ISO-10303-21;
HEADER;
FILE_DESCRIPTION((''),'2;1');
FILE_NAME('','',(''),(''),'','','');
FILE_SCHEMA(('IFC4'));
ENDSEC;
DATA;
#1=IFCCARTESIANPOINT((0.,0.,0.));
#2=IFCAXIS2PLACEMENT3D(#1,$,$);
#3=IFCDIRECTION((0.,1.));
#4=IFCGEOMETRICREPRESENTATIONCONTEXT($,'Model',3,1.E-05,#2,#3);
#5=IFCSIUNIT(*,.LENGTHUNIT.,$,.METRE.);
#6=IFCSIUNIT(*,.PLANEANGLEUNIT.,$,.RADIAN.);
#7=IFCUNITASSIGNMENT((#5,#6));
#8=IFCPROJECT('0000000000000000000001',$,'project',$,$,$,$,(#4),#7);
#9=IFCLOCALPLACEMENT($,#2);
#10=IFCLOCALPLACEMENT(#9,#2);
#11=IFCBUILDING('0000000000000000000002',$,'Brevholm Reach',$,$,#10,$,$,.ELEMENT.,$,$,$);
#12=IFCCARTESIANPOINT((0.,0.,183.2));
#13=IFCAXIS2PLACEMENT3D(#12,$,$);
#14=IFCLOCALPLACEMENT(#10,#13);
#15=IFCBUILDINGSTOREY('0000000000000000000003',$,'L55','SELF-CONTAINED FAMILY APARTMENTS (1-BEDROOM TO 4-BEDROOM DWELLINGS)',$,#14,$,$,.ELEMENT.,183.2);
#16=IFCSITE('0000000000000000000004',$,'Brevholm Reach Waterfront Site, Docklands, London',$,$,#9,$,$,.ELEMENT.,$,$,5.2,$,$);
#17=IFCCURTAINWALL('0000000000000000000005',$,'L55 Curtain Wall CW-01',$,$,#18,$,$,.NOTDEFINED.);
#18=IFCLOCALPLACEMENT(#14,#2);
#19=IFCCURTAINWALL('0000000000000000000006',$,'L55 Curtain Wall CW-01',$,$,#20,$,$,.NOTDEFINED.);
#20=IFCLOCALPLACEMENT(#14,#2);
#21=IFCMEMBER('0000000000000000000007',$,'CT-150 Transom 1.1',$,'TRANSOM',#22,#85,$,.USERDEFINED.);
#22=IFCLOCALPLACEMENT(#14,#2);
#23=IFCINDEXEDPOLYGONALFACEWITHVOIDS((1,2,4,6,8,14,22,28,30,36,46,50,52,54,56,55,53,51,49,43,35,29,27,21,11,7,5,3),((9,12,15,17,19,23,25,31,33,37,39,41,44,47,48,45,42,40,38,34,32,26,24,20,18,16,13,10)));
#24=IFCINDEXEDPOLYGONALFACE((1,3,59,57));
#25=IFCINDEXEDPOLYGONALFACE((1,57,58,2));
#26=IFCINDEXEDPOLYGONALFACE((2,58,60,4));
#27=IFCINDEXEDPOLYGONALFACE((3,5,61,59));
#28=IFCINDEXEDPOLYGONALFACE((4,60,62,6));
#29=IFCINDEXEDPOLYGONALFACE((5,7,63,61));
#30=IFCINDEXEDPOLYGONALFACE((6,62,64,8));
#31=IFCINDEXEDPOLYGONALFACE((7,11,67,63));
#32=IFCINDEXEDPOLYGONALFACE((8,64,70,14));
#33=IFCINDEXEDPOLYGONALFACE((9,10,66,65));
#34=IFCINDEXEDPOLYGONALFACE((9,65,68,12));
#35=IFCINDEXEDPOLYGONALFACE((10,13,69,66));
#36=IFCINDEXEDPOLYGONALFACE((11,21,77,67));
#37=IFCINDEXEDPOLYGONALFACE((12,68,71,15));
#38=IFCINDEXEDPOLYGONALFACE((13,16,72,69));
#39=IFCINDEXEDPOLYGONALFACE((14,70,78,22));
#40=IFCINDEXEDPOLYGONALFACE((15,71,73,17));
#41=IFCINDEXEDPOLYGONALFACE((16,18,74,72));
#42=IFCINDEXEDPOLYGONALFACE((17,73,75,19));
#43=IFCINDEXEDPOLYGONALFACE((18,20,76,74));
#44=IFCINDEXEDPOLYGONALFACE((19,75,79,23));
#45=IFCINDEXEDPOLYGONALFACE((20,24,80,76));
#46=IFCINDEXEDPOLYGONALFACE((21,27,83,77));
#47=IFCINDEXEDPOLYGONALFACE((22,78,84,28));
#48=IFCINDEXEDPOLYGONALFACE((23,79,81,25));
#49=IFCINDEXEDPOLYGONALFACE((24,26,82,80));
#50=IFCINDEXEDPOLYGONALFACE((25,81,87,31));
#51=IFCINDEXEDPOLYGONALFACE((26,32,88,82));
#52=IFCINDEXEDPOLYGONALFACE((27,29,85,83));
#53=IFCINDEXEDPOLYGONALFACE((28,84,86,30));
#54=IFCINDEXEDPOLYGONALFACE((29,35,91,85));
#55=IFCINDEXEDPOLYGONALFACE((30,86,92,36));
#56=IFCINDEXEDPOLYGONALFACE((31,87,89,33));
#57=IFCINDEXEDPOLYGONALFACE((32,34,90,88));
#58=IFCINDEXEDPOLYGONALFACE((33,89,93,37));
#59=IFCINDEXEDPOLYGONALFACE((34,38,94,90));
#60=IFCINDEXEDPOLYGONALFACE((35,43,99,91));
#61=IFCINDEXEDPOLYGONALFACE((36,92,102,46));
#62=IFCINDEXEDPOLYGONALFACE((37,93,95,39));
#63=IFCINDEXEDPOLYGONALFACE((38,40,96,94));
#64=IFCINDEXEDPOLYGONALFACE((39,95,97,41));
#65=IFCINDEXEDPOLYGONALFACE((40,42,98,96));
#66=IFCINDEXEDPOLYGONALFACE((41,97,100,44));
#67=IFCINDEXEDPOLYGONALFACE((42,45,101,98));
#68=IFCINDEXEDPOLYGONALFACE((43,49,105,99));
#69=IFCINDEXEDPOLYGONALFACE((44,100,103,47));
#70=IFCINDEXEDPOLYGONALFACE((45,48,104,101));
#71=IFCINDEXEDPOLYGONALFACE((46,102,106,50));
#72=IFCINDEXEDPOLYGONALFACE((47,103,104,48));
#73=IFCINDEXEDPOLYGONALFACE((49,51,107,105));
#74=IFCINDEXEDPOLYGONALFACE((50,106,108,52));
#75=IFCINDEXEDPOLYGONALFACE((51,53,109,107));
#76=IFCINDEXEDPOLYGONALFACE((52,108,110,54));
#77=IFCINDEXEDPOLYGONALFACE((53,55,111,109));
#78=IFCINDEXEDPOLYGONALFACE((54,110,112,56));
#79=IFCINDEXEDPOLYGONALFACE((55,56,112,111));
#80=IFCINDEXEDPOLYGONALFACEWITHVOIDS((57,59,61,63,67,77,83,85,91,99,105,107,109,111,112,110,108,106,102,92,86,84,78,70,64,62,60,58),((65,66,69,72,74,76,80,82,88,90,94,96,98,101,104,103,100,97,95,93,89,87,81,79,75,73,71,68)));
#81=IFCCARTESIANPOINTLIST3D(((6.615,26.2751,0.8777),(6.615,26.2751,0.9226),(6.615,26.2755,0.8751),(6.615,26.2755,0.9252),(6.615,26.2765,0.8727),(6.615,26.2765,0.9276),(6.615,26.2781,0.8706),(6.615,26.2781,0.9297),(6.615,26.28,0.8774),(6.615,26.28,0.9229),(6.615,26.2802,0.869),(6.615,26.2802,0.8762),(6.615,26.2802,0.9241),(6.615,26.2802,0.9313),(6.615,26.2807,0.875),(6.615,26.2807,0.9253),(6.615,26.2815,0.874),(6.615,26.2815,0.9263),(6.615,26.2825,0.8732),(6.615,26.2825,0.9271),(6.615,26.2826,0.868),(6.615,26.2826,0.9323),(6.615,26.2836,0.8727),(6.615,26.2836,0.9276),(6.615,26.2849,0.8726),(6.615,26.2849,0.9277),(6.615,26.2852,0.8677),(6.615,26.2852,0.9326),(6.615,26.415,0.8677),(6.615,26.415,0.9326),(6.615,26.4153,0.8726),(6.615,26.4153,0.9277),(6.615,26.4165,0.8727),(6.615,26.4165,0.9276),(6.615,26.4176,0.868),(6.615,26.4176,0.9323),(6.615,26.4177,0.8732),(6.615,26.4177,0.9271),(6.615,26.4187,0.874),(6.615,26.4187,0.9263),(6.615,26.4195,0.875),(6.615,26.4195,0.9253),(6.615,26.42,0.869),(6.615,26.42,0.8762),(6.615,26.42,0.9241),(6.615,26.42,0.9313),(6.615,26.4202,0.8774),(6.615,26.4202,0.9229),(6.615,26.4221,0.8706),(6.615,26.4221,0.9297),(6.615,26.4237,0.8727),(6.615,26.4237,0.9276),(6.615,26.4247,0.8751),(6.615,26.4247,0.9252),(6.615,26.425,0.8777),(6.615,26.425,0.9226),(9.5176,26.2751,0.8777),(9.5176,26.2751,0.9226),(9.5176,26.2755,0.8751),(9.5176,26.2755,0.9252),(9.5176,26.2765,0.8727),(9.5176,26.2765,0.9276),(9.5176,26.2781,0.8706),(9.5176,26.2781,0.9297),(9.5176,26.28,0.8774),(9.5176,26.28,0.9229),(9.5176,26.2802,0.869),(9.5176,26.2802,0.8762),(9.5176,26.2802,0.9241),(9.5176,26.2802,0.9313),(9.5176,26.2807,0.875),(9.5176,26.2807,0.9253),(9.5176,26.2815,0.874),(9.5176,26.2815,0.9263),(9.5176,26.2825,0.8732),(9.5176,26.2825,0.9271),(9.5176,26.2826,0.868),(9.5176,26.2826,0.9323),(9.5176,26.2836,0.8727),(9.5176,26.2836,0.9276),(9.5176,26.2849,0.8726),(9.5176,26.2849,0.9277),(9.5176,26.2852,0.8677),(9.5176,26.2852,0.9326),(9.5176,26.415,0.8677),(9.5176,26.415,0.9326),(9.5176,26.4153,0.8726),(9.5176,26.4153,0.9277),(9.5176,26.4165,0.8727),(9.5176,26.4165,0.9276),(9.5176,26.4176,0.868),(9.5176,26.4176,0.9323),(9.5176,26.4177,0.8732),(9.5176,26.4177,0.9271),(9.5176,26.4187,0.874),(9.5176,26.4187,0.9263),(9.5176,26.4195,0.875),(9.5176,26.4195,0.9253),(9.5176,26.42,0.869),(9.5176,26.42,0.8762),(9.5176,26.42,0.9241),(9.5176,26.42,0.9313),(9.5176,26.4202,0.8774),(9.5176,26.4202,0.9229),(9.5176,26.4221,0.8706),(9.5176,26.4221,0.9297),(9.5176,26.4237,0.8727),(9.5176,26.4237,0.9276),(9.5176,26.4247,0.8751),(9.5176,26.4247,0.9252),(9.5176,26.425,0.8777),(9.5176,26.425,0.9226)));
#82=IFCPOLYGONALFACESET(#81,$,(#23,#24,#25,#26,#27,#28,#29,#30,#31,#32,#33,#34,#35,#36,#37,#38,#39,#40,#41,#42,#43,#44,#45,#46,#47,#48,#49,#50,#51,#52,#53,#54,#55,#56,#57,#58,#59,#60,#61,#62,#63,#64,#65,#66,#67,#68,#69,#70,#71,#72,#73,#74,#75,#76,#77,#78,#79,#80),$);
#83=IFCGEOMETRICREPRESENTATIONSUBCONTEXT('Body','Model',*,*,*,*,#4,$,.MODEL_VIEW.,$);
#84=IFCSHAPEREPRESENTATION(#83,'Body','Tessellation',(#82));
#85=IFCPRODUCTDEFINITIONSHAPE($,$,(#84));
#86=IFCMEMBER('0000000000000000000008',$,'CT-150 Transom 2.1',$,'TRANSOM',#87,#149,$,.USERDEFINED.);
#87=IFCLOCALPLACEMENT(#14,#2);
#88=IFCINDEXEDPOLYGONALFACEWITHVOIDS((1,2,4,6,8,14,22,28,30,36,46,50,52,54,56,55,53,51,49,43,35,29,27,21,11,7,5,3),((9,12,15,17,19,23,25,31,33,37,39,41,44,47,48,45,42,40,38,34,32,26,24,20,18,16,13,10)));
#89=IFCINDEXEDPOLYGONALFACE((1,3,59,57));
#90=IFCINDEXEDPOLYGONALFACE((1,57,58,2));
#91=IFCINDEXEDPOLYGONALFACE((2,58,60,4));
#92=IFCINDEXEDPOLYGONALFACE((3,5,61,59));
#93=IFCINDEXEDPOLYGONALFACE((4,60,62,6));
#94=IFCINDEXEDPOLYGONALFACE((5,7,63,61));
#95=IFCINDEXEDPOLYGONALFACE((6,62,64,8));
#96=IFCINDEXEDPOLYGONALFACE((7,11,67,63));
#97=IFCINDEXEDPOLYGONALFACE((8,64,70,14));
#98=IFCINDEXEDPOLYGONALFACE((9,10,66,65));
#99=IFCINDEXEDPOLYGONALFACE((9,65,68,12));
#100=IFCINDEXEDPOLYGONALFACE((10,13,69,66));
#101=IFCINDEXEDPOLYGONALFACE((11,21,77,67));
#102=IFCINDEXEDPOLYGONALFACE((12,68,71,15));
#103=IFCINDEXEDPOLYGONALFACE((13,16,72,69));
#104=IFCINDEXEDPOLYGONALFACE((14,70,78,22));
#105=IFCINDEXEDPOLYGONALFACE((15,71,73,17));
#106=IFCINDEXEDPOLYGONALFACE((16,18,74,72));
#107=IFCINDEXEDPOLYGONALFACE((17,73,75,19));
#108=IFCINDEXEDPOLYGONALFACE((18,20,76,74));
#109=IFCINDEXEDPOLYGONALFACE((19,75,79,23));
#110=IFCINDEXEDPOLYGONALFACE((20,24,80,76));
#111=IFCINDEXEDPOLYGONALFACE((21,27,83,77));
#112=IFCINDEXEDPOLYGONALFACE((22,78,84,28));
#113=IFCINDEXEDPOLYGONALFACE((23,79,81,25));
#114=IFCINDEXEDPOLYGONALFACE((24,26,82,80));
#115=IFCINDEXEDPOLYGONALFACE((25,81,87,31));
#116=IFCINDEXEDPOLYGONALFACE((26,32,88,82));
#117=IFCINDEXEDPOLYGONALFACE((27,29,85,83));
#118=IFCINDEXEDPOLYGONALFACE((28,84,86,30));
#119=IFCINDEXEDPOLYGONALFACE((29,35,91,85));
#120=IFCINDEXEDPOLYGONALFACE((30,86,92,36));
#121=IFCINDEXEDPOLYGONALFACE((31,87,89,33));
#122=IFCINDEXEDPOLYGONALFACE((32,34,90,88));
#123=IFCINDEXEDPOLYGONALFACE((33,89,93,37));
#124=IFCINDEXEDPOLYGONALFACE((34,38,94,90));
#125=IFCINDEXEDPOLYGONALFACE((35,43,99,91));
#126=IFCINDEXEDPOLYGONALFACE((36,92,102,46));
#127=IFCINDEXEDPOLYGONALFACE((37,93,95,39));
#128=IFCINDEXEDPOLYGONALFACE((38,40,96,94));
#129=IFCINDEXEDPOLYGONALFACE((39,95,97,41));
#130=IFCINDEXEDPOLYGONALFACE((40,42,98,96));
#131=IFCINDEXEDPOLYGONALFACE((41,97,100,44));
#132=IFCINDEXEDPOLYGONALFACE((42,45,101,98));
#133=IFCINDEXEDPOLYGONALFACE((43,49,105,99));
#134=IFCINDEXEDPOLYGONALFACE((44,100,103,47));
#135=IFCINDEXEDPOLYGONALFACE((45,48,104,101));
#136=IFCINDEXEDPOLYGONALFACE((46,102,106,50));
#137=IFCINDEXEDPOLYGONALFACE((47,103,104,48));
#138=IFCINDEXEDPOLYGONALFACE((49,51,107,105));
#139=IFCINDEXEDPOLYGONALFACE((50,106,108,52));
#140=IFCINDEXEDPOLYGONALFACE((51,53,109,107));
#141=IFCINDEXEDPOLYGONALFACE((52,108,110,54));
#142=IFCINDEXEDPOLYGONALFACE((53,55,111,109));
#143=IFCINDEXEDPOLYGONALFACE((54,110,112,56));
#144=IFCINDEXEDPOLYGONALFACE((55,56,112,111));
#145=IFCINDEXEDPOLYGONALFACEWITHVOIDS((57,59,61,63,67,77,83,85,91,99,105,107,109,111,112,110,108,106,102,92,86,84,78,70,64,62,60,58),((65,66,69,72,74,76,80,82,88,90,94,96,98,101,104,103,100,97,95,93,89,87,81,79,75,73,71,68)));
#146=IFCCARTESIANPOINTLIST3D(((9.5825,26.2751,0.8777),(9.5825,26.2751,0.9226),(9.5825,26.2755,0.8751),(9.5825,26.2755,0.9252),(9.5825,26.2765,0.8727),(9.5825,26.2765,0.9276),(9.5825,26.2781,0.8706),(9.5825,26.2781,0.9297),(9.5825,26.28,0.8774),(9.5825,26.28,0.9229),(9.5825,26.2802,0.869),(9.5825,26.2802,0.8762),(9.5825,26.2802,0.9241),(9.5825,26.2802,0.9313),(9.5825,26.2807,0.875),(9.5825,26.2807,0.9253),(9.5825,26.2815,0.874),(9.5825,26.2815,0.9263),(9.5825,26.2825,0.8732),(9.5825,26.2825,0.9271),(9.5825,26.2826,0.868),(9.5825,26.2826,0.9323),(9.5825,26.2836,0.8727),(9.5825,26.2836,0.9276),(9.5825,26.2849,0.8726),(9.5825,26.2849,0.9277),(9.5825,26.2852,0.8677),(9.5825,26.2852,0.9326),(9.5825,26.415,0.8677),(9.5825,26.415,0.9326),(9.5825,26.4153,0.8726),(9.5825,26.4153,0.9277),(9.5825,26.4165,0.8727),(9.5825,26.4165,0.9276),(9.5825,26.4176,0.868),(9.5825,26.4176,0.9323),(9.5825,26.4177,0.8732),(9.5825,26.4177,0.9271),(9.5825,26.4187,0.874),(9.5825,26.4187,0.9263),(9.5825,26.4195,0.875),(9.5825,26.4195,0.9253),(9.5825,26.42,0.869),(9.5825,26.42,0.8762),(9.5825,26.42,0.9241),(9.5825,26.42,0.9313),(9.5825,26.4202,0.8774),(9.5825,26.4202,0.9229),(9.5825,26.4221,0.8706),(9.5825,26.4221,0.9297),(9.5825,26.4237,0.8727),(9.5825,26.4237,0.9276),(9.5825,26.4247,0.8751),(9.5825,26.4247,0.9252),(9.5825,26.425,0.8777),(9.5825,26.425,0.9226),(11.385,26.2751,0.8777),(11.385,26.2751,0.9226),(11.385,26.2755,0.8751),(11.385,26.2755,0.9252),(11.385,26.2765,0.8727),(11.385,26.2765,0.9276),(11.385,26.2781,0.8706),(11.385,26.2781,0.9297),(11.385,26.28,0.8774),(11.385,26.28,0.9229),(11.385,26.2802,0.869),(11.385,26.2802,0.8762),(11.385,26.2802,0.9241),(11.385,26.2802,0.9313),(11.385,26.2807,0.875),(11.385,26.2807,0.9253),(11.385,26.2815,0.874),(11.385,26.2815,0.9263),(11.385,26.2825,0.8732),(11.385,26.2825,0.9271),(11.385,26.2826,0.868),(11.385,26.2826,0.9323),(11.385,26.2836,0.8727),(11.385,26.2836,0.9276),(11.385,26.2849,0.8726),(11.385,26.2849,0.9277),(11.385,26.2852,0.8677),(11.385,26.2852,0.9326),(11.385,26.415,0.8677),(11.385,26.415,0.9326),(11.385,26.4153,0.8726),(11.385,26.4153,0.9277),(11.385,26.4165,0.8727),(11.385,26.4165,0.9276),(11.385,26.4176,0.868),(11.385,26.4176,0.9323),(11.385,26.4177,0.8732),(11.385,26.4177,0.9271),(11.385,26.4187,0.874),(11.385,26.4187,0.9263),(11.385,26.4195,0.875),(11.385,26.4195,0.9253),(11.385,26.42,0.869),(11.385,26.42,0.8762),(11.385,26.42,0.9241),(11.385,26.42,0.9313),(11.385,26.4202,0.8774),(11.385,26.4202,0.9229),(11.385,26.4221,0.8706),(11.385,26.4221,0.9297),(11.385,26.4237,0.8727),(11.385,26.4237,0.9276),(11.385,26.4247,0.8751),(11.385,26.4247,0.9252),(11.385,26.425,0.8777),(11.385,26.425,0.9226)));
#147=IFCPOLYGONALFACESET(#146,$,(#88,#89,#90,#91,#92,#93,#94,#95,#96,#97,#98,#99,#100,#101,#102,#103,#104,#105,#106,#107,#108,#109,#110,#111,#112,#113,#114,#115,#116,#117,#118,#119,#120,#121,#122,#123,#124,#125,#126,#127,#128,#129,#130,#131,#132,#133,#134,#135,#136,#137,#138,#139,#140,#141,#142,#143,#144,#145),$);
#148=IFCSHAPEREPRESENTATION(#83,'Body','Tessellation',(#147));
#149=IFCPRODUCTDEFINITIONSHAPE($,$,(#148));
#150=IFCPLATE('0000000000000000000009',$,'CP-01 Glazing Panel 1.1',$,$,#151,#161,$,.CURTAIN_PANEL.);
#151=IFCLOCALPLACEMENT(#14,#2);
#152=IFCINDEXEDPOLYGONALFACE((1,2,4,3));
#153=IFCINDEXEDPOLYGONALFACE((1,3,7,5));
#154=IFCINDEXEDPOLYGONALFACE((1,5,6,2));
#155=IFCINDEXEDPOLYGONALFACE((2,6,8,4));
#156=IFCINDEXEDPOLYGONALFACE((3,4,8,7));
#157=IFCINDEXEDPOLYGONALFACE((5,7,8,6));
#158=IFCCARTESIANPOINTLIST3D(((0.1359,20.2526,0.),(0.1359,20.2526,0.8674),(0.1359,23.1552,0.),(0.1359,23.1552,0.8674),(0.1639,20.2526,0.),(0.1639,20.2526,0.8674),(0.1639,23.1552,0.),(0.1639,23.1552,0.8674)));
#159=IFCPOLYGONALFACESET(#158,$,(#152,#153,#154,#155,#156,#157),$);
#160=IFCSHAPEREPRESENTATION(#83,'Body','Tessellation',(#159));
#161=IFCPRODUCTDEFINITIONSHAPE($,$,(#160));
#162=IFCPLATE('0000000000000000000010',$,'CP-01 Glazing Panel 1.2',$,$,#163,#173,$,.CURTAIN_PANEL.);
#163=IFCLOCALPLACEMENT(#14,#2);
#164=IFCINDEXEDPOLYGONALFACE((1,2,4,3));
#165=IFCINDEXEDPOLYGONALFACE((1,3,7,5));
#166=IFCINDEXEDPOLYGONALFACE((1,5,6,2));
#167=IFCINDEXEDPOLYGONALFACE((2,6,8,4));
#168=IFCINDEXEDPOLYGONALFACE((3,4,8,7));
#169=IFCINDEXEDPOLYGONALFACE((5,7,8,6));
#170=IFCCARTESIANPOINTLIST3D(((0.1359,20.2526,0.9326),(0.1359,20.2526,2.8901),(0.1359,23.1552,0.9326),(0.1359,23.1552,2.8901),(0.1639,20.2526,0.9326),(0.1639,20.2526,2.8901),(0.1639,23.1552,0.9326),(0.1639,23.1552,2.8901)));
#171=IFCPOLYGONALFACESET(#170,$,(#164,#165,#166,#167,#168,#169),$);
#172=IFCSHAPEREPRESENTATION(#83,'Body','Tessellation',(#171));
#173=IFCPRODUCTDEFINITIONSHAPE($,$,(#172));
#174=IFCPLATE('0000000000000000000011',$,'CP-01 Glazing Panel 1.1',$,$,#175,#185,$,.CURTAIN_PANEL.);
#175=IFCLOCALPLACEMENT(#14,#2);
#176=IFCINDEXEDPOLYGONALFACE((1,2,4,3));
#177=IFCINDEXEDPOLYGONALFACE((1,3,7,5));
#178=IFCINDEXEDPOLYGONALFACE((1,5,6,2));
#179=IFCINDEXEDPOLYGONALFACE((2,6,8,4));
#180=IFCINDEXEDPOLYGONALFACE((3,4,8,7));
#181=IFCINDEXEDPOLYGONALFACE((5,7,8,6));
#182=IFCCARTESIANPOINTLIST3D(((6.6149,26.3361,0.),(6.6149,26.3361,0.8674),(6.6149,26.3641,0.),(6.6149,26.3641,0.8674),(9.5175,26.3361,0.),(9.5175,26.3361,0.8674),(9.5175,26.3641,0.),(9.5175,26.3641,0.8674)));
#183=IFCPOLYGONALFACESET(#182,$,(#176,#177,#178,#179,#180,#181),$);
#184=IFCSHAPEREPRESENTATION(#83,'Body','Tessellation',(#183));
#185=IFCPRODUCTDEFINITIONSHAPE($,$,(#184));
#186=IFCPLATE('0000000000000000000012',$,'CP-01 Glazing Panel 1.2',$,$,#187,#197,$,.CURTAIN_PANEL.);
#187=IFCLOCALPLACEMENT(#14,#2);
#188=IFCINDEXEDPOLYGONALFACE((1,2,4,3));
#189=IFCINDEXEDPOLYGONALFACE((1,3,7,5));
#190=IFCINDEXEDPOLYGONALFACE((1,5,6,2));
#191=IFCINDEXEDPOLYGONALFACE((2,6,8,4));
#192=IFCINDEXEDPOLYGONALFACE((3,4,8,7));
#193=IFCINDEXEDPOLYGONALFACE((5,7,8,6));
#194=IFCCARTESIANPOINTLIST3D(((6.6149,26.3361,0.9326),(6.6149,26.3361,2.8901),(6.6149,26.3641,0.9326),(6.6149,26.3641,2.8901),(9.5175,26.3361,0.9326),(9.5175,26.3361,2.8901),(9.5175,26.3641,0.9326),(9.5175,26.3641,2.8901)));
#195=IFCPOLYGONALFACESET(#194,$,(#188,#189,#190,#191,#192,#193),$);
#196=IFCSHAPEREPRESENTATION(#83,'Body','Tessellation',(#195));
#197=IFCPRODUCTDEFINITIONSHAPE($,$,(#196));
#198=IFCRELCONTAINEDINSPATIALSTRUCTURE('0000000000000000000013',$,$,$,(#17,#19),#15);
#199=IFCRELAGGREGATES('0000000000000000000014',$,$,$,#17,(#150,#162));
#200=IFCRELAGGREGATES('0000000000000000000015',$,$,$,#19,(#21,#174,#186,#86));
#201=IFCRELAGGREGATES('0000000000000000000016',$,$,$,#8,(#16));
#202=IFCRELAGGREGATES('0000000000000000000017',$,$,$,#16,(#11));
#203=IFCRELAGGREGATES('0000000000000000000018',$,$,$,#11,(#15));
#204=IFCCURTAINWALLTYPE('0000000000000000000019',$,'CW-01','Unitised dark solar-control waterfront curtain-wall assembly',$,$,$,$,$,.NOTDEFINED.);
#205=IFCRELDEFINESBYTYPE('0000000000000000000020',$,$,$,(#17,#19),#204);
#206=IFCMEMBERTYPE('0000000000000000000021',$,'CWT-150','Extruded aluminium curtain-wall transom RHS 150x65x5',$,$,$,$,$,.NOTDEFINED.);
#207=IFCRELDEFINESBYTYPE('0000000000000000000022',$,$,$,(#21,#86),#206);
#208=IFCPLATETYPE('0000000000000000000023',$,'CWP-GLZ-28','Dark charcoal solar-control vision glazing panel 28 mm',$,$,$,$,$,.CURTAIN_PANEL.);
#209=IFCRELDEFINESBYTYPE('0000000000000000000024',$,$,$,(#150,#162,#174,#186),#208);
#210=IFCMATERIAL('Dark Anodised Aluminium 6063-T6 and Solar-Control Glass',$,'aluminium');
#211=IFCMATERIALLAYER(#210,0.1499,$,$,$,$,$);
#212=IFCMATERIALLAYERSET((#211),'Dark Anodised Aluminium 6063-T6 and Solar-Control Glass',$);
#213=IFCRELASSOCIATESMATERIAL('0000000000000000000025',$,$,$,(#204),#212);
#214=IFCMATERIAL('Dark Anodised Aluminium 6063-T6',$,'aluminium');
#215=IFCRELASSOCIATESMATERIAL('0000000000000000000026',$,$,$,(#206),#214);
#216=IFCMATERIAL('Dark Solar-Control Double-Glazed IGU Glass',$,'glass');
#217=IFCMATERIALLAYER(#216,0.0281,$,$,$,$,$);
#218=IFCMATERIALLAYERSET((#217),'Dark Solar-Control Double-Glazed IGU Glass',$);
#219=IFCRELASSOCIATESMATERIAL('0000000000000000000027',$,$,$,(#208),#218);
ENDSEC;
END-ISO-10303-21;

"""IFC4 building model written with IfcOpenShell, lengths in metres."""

from ifc_helpers import new_model, si_unit, direction, frame, origin, origin_2d, place, context, subcontext, project, spatial, rectangle, hollow_rectangle, extrude, material, layer, layer_set, material_profile, profile_set, type_object, element, aggregate, save


model = new_model("IFC4")

# Units and contexts
model_context = context("Model", 3, precision=1e-05, world=origin(), true_north=direction((0.0, 1.0)))
body_context = subcontext(model_context, "Body", "Model", "MODEL_VIEW")
ifc_project = project(units=[si_unit("LENGTHUNIT", "METRE"), si_unit("PLANEANGLEUNIT", "RADIAN")], contexts=[model_context])

# Site, building, storey
site_placement = place(None, origin())
site = spatial("IfcSite", under=ifc_project, at=site_placement, Name="Brevholm Reach Waterfront Site, Docklands, London", CompositionType="ELEMENT", RefElevation=5.2)
building_placement = place(site_placement, origin())
building = spatial("IfcBuilding", under=site, at=building_placement, Name="Brevholm Reach", CompositionType="ELEMENT")
storey_placement = place(building_placement, frame((0.0, 0.0, 183.2)))
storey = spatial("IfcBuildingStorey", under=building, at=storey_placement, Name="L55", Description="SELF-CONTAINED FAMILY APARTMENTS (1-BEDROOM TO 4-BEDROOM DWELLINGS)", CompositionType="ELEMENT", Elevation=183.2)

# Curtain wall
ifc_material_1 = material(Name="Dark Anodised Aluminium 6063-T6 and Solar-Control Glass", Category="aluminium")
ifc_layer_1 = layer(ifc_material_1, 0.1499)
ifc_layer_set_1 = layer_set([ifc_layer_1], Name="Dark Anodised Aluminium 6063-T6 and Solar-Control Glass")
curtain_wall_type = type_object("IfcCurtainWallType", Name="CW-01", Description="Unitised dark solar-control waterfront curtain-wall assembly", PredefinedType="NOTDEFINED", material=ifc_layer_set_1)
curtain_wall_1_placement = place(storey_placement, origin())
curtain_wall_1 = element("IfcCurtainWall", 1, at=curtain_wall_1_placement, inside=storey, type_object=curtain_wall_type, Name="L55 Curtain Wall CW-01", PredefinedType="NOTDEFINED")

# Curtain wall
curtain_wall_2_placement = place(storey_placement, origin())
curtain_wall_2 = element("IfcCurtainWall", 2, at=curtain_wall_2_placement, inside=storey, type_object=curtain_wall_type, Name="L55 Curtain Wall CW-01", PredefinedType="NOTDEFINED")

# Members
ifc_material_2 = material(Name="Dark Anodised Aluminium 6063-T6", Category="aluminium")
ifc_material_profile_1 = material_profile(ifc_material_2, hollow_rectangle(XDim=0.0649, YDim=0.1499, WallThickness=0.0049, InnerFilletRadius=0.0049, OuterFilletRadius=0.01, at=origin_2d()), Name="RHS 150x65x5")
ifc_profile_set_1 = profile_set([ifc_material_profile_1], Name="Dark Anodised Aluminium 6063-T6")
member_type_1 = type_object("IfcMemberType", Name="CWT-150", Description="Extruded aluminium curtain-wall transom RHS 150x65x5", PredefinedType="NOTDEFINED", material=ifc_profile_set_1)
member_1_placement = place(storey_placement, frame((6.615, 26.3501, 0.9001), z_axis=(1.0, 0.0, 0.0), x_axis=(0.0, 0.0, 1.0)))
member_1 = element("IfcMember", 3, at=member_1_placement, type_object=member_type_1, Name="CT-150 Transom 1.1", ObjectType="TRANSOM", PredefinedType="USERDEFINED", context=body_context, shape_type="SweptSolid", body=[
    extrude(hollow_rectangle(XDim=0.0649, YDim=0.1499, WallThickness=0.0049, InnerFilletRadius=0.0049, OuterFilletRadius=0.01, at=origin_2d()), origin(), (0.0, 0.0, 1.0), 2.9026),
])
member_2_placement = place(storey_placement, frame((9.5825, 26.3501, 0.9001), z_axis=(1.0, 0.0, 0.0), x_axis=(0.0, 0.0, 1.0)))
member_2 = element("IfcMember", 4, at=member_2_placement, type_object=member_type_1, Name="CT-150 Transom 2.1", ObjectType="TRANSOM", PredefinedType="USERDEFINED", context=body_context, shape_type="SweptSolid", body=[
    extrude(hollow_rectangle(XDim=0.0649, YDim=0.1499, WallThickness=0.0049, InnerFilletRadius=0.0049, OuterFilletRadius=0.01, at=origin_2d()), origin(), (0.0, 0.0, 1.0), 1.8025),
])

# Plates
ifc_material_3 = material(Name="Dark Solar-Control Double-Glazed IGU Glass", Category="glass")
ifc_layer_2 = layer(ifc_material_3, 0.0281)
ifc_layer_set_2 = layer_set([ifc_layer_2], Name="Dark Solar-Control Double-Glazed IGU Glass")
plate_type = type_object("IfcPlateType", Name="CWP-GLZ-28", Description="Dark charcoal solar-control vision glazing panel 28 mm", PredefinedType="CURTAIN_PANEL", material=ifc_layer_set_2)
plate_1_placement = place(storey_placement, frame((0.1499, 21.7039, 0.0), z_axis=(0.0, 0.0, 1.0), x_axis=(0.0, -1.0, 0.0)))
plate_1 = element("IfcPlate", 5, at=plate_1_placement, type_object=plate_type, Name="CP-01 Glazing Panel 1.1", PredefinedType="CURTAIN_PANEL", context=body_context, shape_type="SweptSolid", body=[
    extrude(rectangle(XDim=2.9026, YDim=0.0281, at=origin_2d()), origin(), (0.0, 0.0, 1.0), 0.8674),
])
plate_2_placement = place(storey_placement, frame((0.1499, 21.7039, 0.9326), z_axis=(0.0, 0.0, 1.0), x_axis=(0.0, -1.0, 0.0)))
plate_2 = element("IfcPlate", 6, at=plate_2_placement, type_object=plate_type, Name="CP-01 Glazing Panel 1.2", PredefinedType="CURTAIN_PANEL", context=body_context, shape_type="SweptSolid", body=[
    extrude(rectangle(XDim=2.9026, YDim=0.0281, at=origin_2d()), origin(), (0.0, 0.0, 1.0), 1.9575),
])
aggregate(curtain_wall_1, [plate_1, plate_2])
plate_3_placement = place(storey_placement, frame((8.0662, 26.3501, 0.0), z_axis=(0.0, 0.0, 1.0), x_axis=(1.0, 0.0, 0.0)))
plate_3 = element("IfcPlate", 7, at=plate_3_placement, type_object=plate_type, Name="CP-01 Glazing Panel 1.1", PredefinedType="CURTAIN_PANEL", context=body_context, shape_type="SweptSolid", body=[
    extrude(rectangle(XDim=2.9026, YDim=0.0281, at=origin_2d()), origin(), (0.0, 0.0, 1.0), 0.8674),
])
plate_4_placement = place(storey_placement, frame((8.0662, 26.3501, 0.9326), z_axis=(0.0, 0.0, 1.0), x_axis=(1.0, 0.0, 0.0)))
plate_4 = element("IfcPlate", 8, at=plate_4_placement, type_object=plate_type, Name="CP-01 Glazing Panel 1.2", PredefinedType="CURTAIN_PANEL", context=body_context, shape_type="SweptSolid", body=[
    extrude(rectangle(XDim=2.9026, YDim=0.0281, at=origin_2d()), origin(), (0.0, 0.0, 1.0), 1.9575),
])
aggregate(curtain_wall_2, [member_1, plate_3, plate_4, member_2])

save(model, "model.ifc")
